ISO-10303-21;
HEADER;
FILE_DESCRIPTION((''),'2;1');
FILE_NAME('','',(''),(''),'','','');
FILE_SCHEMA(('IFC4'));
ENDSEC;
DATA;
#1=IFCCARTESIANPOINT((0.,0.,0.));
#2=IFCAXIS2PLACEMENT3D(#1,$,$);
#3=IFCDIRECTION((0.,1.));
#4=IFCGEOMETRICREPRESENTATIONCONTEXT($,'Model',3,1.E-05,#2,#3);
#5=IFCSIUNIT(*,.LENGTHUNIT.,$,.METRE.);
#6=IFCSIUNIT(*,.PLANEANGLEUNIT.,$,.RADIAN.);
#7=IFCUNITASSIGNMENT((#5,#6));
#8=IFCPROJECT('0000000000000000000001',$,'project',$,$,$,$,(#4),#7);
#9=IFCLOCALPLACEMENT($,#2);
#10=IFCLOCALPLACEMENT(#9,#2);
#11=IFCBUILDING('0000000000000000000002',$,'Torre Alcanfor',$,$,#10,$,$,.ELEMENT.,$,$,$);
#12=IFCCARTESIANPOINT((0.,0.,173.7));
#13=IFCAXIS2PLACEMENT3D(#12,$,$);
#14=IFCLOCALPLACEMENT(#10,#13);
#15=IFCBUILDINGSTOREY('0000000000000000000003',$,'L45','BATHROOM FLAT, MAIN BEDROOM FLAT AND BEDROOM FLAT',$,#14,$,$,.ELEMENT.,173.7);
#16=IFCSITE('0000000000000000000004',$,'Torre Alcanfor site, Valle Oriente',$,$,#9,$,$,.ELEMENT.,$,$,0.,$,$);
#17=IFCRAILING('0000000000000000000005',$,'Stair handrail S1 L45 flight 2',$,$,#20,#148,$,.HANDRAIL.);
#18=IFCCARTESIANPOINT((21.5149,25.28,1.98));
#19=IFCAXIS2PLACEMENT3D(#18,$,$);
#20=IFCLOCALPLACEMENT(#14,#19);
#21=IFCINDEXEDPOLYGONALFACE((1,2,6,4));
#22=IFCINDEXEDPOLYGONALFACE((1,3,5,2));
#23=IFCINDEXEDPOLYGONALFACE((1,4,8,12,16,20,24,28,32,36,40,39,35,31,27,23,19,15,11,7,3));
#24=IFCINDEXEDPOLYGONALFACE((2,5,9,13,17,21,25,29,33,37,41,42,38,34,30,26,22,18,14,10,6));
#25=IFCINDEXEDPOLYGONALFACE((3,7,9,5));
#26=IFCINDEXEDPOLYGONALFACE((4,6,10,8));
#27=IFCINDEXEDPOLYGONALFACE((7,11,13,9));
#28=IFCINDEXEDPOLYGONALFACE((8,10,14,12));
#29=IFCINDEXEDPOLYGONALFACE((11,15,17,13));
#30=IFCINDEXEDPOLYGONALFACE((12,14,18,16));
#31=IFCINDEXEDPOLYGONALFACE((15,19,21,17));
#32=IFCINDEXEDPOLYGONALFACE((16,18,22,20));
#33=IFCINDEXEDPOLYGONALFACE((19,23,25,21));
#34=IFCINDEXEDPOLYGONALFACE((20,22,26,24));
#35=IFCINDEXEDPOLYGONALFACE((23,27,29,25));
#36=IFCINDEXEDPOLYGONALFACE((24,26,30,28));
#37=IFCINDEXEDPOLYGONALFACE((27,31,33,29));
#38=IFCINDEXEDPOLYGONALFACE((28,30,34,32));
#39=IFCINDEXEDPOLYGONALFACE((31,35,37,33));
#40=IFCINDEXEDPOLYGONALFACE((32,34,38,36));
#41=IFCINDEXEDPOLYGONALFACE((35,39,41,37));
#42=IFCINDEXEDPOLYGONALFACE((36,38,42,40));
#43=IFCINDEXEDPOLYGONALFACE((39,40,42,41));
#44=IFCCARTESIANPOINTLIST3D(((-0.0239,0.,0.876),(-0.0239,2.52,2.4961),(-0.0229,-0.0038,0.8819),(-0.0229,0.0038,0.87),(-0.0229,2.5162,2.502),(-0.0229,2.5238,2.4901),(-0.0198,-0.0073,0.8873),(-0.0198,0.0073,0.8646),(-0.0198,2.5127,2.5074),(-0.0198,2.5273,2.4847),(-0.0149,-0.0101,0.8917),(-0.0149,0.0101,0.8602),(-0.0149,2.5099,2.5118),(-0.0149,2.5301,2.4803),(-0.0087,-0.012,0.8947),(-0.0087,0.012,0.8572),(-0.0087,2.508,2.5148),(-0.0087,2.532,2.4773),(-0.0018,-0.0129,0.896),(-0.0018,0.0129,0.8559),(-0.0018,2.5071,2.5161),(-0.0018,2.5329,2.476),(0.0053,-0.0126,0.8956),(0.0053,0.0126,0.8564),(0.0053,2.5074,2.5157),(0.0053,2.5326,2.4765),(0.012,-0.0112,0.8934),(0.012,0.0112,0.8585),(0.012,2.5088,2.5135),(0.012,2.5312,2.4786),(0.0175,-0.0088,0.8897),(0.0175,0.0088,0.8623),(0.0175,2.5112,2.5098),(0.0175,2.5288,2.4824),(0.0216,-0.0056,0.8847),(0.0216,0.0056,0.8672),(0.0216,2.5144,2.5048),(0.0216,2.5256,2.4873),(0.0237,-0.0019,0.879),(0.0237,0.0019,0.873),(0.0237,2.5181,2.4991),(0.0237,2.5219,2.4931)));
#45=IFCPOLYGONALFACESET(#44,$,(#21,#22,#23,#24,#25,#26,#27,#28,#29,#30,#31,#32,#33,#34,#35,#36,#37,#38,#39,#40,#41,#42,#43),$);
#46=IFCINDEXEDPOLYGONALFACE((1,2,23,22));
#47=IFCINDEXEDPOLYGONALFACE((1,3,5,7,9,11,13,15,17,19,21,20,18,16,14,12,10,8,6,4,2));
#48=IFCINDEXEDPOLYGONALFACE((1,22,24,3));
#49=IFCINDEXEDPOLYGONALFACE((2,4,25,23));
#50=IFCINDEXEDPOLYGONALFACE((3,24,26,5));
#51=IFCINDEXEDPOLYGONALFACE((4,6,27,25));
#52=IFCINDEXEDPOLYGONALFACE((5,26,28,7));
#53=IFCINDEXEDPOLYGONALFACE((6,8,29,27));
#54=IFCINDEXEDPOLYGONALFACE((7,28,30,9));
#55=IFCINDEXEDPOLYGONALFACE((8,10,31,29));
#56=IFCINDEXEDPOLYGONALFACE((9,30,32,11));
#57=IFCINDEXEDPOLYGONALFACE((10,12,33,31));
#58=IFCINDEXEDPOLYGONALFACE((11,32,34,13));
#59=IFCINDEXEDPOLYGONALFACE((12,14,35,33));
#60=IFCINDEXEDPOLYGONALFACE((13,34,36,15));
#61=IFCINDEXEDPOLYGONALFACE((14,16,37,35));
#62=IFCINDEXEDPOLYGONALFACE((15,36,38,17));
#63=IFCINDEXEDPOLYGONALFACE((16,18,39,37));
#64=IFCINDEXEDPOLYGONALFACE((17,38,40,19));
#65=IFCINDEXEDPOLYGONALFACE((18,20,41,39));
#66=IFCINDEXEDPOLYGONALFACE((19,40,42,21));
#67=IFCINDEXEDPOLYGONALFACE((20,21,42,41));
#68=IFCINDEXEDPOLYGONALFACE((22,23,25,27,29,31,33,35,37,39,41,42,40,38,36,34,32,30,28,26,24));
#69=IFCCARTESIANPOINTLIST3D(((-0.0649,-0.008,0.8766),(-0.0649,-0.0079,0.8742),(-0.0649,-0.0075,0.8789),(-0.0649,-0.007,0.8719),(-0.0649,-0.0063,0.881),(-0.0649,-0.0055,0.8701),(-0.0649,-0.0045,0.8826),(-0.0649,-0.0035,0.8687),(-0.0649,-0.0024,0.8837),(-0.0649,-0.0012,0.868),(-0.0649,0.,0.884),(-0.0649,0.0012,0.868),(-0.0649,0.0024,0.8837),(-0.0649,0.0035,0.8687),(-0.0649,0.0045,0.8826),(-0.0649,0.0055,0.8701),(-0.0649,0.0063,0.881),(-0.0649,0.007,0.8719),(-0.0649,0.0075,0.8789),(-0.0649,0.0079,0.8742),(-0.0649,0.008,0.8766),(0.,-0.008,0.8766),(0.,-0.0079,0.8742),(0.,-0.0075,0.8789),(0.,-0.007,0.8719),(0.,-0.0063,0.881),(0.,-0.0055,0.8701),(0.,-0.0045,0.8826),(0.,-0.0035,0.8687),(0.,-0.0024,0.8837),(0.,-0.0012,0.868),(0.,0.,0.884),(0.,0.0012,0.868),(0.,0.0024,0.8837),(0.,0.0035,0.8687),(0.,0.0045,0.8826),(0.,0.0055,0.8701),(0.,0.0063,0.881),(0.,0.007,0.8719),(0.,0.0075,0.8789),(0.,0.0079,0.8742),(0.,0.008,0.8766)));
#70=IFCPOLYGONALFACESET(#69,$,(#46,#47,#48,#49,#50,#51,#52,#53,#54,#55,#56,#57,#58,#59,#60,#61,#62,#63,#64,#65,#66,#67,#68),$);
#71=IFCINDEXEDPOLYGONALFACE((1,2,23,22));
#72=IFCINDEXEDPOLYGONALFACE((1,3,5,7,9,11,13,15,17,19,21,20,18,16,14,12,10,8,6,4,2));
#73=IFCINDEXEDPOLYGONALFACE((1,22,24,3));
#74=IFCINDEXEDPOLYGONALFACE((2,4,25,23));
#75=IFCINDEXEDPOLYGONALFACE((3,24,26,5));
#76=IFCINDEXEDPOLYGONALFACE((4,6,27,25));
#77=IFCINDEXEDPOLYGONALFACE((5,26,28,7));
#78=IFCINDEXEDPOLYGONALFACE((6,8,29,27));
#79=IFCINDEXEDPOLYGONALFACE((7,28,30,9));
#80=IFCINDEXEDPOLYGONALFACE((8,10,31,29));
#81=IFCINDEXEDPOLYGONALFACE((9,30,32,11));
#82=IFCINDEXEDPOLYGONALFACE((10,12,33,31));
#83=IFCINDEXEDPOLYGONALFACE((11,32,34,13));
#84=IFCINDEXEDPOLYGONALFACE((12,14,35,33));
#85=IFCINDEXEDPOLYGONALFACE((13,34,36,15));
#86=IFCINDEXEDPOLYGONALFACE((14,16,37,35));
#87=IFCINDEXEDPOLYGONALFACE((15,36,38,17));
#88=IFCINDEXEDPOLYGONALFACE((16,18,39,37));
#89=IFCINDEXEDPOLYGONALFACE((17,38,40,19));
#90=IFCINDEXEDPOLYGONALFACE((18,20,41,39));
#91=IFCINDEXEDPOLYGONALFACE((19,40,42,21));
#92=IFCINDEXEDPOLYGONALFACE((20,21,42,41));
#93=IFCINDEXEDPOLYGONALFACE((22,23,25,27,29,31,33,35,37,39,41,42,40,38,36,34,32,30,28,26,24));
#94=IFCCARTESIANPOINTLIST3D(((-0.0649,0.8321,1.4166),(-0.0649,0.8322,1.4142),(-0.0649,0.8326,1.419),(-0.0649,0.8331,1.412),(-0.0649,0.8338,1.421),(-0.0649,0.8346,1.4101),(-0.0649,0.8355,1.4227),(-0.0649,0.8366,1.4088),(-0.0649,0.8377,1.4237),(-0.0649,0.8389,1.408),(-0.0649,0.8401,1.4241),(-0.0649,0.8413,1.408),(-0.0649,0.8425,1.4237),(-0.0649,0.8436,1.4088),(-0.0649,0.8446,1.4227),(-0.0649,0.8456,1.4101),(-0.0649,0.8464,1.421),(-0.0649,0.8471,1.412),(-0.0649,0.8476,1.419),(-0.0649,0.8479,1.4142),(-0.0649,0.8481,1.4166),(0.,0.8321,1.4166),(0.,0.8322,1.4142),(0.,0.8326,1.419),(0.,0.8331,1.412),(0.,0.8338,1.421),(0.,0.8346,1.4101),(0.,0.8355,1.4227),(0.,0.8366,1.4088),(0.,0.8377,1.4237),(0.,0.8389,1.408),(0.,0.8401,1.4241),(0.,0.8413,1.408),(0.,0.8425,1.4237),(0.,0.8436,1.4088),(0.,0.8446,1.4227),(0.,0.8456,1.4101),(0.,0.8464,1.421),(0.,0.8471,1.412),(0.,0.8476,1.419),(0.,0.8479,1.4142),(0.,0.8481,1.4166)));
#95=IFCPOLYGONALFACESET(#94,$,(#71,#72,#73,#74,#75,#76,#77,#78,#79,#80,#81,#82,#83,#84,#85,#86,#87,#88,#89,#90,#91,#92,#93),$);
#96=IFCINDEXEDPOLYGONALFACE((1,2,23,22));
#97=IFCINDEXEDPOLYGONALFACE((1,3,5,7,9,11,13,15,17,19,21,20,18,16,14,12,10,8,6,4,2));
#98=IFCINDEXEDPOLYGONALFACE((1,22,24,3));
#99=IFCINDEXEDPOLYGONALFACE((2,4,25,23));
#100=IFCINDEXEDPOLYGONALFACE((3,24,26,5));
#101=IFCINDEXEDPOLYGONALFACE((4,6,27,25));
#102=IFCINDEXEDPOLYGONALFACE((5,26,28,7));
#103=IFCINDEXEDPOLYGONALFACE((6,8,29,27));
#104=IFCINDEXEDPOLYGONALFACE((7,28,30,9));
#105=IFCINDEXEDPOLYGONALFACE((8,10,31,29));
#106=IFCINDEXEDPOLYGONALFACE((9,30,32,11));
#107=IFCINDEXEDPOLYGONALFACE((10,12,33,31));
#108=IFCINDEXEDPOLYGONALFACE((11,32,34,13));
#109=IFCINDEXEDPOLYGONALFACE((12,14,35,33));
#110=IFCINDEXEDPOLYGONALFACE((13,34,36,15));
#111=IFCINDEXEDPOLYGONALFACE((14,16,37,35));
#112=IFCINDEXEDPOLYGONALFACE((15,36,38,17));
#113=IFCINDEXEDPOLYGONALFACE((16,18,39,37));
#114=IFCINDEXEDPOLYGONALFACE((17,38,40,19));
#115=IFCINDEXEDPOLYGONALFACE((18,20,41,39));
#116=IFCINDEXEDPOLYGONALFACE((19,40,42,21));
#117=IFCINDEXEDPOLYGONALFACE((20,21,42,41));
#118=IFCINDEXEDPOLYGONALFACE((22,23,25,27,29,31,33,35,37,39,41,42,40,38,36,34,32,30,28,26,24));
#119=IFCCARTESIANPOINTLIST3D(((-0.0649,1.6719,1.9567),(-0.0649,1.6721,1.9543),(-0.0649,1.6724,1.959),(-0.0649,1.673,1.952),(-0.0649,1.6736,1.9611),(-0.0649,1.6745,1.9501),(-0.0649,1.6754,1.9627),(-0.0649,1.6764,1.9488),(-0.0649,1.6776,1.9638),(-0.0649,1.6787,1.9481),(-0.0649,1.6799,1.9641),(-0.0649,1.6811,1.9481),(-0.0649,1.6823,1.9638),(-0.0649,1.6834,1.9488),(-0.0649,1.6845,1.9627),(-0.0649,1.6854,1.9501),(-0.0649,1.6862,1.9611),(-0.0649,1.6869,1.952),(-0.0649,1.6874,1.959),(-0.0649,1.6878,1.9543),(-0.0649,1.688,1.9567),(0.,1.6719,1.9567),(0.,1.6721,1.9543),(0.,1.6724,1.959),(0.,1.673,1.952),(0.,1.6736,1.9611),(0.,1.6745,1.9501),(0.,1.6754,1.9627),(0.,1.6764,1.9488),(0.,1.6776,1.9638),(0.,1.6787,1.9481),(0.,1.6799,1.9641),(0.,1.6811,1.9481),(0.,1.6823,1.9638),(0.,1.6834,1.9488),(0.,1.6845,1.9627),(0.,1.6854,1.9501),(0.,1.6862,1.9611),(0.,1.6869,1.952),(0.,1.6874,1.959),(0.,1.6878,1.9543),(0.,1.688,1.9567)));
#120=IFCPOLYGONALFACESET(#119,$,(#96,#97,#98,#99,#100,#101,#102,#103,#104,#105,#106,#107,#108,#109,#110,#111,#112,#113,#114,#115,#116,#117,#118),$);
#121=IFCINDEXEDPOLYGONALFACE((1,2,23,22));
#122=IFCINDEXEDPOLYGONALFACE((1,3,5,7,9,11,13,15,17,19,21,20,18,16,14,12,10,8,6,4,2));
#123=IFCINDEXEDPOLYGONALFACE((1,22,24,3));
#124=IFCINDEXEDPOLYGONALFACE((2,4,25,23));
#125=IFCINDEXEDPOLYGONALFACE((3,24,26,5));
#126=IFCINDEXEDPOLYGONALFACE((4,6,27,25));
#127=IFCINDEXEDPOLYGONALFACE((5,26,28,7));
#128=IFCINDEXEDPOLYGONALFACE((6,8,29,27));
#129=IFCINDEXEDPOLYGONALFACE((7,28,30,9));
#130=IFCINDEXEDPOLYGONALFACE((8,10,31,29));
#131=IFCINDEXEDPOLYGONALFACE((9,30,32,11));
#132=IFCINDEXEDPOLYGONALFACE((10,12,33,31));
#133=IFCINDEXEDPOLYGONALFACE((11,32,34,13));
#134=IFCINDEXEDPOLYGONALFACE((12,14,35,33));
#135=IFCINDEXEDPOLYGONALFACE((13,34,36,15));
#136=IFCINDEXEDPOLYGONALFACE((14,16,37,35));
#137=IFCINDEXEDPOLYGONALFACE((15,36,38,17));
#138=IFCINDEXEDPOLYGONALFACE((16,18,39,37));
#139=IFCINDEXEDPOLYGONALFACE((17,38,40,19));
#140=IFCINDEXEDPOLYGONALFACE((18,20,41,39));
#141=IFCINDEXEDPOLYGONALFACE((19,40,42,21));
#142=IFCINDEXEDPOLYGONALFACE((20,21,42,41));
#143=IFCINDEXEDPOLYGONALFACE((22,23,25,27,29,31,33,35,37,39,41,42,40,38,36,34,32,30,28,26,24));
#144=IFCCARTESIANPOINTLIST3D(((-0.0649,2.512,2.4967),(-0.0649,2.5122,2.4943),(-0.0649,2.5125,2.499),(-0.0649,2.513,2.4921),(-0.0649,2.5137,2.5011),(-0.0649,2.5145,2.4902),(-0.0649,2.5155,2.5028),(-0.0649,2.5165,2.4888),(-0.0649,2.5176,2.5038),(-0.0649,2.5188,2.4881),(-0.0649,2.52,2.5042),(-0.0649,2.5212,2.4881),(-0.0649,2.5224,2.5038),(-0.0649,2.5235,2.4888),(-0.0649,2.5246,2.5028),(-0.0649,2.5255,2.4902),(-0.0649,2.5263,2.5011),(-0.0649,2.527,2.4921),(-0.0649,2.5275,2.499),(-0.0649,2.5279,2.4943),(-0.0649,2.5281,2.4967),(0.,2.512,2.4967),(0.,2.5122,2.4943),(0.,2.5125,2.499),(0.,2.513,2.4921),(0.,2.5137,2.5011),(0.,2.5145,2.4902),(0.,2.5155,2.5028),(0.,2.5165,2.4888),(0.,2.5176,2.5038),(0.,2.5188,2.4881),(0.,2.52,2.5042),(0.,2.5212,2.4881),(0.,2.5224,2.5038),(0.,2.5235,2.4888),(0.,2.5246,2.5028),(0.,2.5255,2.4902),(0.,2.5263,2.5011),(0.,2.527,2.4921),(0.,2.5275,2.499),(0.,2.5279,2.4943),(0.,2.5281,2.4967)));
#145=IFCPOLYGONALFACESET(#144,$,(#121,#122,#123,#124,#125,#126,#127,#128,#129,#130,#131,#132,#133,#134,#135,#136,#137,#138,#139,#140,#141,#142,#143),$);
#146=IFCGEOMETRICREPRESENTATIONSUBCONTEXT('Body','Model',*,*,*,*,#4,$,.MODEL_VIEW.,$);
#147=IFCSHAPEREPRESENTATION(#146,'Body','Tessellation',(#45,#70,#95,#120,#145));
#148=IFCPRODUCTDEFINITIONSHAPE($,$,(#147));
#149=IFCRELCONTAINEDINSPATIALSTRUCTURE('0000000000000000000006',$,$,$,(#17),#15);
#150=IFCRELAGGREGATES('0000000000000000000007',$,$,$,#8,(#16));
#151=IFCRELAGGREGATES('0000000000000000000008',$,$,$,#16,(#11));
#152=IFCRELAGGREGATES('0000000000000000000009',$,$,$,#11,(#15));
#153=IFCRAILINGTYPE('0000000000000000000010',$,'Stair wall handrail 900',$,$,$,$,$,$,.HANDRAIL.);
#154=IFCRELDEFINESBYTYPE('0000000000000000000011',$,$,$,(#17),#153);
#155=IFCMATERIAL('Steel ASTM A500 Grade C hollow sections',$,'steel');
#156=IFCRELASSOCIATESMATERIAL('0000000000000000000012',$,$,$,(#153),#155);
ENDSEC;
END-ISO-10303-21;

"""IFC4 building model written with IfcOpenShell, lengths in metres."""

from ifc_helpers import new_model, si_unit, direction, frame, origin, origin_2d, place, context, subcontext, project, spatial, circle, extrude, material, type_object, element, save


model = new_model("IFC4")

# Units and contexts
model_context = context("Model", 3, precision=1e-05, world=origin(), true_north=direction((0.0, 1.0)))
body_context = subcontext(model_context, "Body", "Model", "MODEL_VIEW")
ifc_project = project(units=[si_unit("LENGTHUNIT", "METRE"), si_unit("PLANEANGLEUNIT", "RADIAN")], contexts=[model_context])

# Site, building, storey
site_placement = place(None, origin())
site = spatial("IfcSite", under=ifc_project, at=site_placement, Name="Torre Alcanfor site, Valle Oriente", CompositionType="ELEMENT", RefElevation=0.0)
building_placement = place(site_placement, origin())
building = spatial("IfcBuilding", under=site, at=building_placement, Name="Torre Alcanfor", CompositionType="ELEMENT")
storey_placement = place(building_placement, frame((0.0, 0.0, 173.7)))
storey = spatial("IfcBuildingStorey", under=building, at=storey_placement, Name="L45", Description="BATHROOM FLAT, MAIN BEDROOM FLAT AND BEDROOM FLAT", CompositionType="ELEMENT", Elevation=173.7)

# Railing
ifc_material_1 = material(Name="Steel ASTM A500 Grade C hollow sections", Category="steel")
railing_type_1 = type_object("IfcRailingType", Name="Stair wall handrail 900", PredefinedType="HANDRAIL", material=ifc_material_1)
railing_1_placement = place(storey_placement, frame((21.5149, 25.28, 1.98)))
element("IfcRailing", 1, at=railing_1_placement, inside=storey, type_object=railing_type_1, Name="Stair handrail S1 L45 flight 2", PredefinedType="HANDRAIL", context=body_context, shape_type="SweptSolid", body=[
    extrude(circle(Radius=0.0239, at=origin_2d()), frame((0.0, 0.0, 0.876), z_axis=(0.0, 0.841163, 0.540782), x_axis=(-1.0, 0.0, 0.0)), (0.0, 0.0, 1.0), 2.9958),
    extrude(circle(Radius=0.0081, at=origin_2d()), frame((0.0, 0.0, 0.876), z_axis=(-1.0, 0.0, 0.0), x_axis=(0.0, 0.0, 1.0)), (0.0, 0.0, 1.0), 0.0649),
    extrude(circle(Radius=0.0081, at=origin_2d()), frame((0.0, 0.8401, 1.416), z_axis=(-1.0, 0.0, 0.0), x_axis=(0.0, 0.0, 1.0)), (0.0, 0.0, 1.0), 0.0649),
    extrude(circle(Radius=0.0081, at=origin_2d()), frame((0.0, 1.6799, 1.9561), z_axis=(-1.0, 0.0, 0.0), x_axis=(0.0, 0.0, 1.0)), (0.0, 0.0, 1.0), 0.0649),
    extrude(circle(Radius=0.0081, at=origin_2d()), frame((0.0, 2.52, 2.4961), z_axis=(-1.0, 0.0, 0.0), x_axis=(0.0, 0.0, 1.0)), (0.0, 0.0, 1.0), 0.0649),
])

save(model, "model.ifc")
